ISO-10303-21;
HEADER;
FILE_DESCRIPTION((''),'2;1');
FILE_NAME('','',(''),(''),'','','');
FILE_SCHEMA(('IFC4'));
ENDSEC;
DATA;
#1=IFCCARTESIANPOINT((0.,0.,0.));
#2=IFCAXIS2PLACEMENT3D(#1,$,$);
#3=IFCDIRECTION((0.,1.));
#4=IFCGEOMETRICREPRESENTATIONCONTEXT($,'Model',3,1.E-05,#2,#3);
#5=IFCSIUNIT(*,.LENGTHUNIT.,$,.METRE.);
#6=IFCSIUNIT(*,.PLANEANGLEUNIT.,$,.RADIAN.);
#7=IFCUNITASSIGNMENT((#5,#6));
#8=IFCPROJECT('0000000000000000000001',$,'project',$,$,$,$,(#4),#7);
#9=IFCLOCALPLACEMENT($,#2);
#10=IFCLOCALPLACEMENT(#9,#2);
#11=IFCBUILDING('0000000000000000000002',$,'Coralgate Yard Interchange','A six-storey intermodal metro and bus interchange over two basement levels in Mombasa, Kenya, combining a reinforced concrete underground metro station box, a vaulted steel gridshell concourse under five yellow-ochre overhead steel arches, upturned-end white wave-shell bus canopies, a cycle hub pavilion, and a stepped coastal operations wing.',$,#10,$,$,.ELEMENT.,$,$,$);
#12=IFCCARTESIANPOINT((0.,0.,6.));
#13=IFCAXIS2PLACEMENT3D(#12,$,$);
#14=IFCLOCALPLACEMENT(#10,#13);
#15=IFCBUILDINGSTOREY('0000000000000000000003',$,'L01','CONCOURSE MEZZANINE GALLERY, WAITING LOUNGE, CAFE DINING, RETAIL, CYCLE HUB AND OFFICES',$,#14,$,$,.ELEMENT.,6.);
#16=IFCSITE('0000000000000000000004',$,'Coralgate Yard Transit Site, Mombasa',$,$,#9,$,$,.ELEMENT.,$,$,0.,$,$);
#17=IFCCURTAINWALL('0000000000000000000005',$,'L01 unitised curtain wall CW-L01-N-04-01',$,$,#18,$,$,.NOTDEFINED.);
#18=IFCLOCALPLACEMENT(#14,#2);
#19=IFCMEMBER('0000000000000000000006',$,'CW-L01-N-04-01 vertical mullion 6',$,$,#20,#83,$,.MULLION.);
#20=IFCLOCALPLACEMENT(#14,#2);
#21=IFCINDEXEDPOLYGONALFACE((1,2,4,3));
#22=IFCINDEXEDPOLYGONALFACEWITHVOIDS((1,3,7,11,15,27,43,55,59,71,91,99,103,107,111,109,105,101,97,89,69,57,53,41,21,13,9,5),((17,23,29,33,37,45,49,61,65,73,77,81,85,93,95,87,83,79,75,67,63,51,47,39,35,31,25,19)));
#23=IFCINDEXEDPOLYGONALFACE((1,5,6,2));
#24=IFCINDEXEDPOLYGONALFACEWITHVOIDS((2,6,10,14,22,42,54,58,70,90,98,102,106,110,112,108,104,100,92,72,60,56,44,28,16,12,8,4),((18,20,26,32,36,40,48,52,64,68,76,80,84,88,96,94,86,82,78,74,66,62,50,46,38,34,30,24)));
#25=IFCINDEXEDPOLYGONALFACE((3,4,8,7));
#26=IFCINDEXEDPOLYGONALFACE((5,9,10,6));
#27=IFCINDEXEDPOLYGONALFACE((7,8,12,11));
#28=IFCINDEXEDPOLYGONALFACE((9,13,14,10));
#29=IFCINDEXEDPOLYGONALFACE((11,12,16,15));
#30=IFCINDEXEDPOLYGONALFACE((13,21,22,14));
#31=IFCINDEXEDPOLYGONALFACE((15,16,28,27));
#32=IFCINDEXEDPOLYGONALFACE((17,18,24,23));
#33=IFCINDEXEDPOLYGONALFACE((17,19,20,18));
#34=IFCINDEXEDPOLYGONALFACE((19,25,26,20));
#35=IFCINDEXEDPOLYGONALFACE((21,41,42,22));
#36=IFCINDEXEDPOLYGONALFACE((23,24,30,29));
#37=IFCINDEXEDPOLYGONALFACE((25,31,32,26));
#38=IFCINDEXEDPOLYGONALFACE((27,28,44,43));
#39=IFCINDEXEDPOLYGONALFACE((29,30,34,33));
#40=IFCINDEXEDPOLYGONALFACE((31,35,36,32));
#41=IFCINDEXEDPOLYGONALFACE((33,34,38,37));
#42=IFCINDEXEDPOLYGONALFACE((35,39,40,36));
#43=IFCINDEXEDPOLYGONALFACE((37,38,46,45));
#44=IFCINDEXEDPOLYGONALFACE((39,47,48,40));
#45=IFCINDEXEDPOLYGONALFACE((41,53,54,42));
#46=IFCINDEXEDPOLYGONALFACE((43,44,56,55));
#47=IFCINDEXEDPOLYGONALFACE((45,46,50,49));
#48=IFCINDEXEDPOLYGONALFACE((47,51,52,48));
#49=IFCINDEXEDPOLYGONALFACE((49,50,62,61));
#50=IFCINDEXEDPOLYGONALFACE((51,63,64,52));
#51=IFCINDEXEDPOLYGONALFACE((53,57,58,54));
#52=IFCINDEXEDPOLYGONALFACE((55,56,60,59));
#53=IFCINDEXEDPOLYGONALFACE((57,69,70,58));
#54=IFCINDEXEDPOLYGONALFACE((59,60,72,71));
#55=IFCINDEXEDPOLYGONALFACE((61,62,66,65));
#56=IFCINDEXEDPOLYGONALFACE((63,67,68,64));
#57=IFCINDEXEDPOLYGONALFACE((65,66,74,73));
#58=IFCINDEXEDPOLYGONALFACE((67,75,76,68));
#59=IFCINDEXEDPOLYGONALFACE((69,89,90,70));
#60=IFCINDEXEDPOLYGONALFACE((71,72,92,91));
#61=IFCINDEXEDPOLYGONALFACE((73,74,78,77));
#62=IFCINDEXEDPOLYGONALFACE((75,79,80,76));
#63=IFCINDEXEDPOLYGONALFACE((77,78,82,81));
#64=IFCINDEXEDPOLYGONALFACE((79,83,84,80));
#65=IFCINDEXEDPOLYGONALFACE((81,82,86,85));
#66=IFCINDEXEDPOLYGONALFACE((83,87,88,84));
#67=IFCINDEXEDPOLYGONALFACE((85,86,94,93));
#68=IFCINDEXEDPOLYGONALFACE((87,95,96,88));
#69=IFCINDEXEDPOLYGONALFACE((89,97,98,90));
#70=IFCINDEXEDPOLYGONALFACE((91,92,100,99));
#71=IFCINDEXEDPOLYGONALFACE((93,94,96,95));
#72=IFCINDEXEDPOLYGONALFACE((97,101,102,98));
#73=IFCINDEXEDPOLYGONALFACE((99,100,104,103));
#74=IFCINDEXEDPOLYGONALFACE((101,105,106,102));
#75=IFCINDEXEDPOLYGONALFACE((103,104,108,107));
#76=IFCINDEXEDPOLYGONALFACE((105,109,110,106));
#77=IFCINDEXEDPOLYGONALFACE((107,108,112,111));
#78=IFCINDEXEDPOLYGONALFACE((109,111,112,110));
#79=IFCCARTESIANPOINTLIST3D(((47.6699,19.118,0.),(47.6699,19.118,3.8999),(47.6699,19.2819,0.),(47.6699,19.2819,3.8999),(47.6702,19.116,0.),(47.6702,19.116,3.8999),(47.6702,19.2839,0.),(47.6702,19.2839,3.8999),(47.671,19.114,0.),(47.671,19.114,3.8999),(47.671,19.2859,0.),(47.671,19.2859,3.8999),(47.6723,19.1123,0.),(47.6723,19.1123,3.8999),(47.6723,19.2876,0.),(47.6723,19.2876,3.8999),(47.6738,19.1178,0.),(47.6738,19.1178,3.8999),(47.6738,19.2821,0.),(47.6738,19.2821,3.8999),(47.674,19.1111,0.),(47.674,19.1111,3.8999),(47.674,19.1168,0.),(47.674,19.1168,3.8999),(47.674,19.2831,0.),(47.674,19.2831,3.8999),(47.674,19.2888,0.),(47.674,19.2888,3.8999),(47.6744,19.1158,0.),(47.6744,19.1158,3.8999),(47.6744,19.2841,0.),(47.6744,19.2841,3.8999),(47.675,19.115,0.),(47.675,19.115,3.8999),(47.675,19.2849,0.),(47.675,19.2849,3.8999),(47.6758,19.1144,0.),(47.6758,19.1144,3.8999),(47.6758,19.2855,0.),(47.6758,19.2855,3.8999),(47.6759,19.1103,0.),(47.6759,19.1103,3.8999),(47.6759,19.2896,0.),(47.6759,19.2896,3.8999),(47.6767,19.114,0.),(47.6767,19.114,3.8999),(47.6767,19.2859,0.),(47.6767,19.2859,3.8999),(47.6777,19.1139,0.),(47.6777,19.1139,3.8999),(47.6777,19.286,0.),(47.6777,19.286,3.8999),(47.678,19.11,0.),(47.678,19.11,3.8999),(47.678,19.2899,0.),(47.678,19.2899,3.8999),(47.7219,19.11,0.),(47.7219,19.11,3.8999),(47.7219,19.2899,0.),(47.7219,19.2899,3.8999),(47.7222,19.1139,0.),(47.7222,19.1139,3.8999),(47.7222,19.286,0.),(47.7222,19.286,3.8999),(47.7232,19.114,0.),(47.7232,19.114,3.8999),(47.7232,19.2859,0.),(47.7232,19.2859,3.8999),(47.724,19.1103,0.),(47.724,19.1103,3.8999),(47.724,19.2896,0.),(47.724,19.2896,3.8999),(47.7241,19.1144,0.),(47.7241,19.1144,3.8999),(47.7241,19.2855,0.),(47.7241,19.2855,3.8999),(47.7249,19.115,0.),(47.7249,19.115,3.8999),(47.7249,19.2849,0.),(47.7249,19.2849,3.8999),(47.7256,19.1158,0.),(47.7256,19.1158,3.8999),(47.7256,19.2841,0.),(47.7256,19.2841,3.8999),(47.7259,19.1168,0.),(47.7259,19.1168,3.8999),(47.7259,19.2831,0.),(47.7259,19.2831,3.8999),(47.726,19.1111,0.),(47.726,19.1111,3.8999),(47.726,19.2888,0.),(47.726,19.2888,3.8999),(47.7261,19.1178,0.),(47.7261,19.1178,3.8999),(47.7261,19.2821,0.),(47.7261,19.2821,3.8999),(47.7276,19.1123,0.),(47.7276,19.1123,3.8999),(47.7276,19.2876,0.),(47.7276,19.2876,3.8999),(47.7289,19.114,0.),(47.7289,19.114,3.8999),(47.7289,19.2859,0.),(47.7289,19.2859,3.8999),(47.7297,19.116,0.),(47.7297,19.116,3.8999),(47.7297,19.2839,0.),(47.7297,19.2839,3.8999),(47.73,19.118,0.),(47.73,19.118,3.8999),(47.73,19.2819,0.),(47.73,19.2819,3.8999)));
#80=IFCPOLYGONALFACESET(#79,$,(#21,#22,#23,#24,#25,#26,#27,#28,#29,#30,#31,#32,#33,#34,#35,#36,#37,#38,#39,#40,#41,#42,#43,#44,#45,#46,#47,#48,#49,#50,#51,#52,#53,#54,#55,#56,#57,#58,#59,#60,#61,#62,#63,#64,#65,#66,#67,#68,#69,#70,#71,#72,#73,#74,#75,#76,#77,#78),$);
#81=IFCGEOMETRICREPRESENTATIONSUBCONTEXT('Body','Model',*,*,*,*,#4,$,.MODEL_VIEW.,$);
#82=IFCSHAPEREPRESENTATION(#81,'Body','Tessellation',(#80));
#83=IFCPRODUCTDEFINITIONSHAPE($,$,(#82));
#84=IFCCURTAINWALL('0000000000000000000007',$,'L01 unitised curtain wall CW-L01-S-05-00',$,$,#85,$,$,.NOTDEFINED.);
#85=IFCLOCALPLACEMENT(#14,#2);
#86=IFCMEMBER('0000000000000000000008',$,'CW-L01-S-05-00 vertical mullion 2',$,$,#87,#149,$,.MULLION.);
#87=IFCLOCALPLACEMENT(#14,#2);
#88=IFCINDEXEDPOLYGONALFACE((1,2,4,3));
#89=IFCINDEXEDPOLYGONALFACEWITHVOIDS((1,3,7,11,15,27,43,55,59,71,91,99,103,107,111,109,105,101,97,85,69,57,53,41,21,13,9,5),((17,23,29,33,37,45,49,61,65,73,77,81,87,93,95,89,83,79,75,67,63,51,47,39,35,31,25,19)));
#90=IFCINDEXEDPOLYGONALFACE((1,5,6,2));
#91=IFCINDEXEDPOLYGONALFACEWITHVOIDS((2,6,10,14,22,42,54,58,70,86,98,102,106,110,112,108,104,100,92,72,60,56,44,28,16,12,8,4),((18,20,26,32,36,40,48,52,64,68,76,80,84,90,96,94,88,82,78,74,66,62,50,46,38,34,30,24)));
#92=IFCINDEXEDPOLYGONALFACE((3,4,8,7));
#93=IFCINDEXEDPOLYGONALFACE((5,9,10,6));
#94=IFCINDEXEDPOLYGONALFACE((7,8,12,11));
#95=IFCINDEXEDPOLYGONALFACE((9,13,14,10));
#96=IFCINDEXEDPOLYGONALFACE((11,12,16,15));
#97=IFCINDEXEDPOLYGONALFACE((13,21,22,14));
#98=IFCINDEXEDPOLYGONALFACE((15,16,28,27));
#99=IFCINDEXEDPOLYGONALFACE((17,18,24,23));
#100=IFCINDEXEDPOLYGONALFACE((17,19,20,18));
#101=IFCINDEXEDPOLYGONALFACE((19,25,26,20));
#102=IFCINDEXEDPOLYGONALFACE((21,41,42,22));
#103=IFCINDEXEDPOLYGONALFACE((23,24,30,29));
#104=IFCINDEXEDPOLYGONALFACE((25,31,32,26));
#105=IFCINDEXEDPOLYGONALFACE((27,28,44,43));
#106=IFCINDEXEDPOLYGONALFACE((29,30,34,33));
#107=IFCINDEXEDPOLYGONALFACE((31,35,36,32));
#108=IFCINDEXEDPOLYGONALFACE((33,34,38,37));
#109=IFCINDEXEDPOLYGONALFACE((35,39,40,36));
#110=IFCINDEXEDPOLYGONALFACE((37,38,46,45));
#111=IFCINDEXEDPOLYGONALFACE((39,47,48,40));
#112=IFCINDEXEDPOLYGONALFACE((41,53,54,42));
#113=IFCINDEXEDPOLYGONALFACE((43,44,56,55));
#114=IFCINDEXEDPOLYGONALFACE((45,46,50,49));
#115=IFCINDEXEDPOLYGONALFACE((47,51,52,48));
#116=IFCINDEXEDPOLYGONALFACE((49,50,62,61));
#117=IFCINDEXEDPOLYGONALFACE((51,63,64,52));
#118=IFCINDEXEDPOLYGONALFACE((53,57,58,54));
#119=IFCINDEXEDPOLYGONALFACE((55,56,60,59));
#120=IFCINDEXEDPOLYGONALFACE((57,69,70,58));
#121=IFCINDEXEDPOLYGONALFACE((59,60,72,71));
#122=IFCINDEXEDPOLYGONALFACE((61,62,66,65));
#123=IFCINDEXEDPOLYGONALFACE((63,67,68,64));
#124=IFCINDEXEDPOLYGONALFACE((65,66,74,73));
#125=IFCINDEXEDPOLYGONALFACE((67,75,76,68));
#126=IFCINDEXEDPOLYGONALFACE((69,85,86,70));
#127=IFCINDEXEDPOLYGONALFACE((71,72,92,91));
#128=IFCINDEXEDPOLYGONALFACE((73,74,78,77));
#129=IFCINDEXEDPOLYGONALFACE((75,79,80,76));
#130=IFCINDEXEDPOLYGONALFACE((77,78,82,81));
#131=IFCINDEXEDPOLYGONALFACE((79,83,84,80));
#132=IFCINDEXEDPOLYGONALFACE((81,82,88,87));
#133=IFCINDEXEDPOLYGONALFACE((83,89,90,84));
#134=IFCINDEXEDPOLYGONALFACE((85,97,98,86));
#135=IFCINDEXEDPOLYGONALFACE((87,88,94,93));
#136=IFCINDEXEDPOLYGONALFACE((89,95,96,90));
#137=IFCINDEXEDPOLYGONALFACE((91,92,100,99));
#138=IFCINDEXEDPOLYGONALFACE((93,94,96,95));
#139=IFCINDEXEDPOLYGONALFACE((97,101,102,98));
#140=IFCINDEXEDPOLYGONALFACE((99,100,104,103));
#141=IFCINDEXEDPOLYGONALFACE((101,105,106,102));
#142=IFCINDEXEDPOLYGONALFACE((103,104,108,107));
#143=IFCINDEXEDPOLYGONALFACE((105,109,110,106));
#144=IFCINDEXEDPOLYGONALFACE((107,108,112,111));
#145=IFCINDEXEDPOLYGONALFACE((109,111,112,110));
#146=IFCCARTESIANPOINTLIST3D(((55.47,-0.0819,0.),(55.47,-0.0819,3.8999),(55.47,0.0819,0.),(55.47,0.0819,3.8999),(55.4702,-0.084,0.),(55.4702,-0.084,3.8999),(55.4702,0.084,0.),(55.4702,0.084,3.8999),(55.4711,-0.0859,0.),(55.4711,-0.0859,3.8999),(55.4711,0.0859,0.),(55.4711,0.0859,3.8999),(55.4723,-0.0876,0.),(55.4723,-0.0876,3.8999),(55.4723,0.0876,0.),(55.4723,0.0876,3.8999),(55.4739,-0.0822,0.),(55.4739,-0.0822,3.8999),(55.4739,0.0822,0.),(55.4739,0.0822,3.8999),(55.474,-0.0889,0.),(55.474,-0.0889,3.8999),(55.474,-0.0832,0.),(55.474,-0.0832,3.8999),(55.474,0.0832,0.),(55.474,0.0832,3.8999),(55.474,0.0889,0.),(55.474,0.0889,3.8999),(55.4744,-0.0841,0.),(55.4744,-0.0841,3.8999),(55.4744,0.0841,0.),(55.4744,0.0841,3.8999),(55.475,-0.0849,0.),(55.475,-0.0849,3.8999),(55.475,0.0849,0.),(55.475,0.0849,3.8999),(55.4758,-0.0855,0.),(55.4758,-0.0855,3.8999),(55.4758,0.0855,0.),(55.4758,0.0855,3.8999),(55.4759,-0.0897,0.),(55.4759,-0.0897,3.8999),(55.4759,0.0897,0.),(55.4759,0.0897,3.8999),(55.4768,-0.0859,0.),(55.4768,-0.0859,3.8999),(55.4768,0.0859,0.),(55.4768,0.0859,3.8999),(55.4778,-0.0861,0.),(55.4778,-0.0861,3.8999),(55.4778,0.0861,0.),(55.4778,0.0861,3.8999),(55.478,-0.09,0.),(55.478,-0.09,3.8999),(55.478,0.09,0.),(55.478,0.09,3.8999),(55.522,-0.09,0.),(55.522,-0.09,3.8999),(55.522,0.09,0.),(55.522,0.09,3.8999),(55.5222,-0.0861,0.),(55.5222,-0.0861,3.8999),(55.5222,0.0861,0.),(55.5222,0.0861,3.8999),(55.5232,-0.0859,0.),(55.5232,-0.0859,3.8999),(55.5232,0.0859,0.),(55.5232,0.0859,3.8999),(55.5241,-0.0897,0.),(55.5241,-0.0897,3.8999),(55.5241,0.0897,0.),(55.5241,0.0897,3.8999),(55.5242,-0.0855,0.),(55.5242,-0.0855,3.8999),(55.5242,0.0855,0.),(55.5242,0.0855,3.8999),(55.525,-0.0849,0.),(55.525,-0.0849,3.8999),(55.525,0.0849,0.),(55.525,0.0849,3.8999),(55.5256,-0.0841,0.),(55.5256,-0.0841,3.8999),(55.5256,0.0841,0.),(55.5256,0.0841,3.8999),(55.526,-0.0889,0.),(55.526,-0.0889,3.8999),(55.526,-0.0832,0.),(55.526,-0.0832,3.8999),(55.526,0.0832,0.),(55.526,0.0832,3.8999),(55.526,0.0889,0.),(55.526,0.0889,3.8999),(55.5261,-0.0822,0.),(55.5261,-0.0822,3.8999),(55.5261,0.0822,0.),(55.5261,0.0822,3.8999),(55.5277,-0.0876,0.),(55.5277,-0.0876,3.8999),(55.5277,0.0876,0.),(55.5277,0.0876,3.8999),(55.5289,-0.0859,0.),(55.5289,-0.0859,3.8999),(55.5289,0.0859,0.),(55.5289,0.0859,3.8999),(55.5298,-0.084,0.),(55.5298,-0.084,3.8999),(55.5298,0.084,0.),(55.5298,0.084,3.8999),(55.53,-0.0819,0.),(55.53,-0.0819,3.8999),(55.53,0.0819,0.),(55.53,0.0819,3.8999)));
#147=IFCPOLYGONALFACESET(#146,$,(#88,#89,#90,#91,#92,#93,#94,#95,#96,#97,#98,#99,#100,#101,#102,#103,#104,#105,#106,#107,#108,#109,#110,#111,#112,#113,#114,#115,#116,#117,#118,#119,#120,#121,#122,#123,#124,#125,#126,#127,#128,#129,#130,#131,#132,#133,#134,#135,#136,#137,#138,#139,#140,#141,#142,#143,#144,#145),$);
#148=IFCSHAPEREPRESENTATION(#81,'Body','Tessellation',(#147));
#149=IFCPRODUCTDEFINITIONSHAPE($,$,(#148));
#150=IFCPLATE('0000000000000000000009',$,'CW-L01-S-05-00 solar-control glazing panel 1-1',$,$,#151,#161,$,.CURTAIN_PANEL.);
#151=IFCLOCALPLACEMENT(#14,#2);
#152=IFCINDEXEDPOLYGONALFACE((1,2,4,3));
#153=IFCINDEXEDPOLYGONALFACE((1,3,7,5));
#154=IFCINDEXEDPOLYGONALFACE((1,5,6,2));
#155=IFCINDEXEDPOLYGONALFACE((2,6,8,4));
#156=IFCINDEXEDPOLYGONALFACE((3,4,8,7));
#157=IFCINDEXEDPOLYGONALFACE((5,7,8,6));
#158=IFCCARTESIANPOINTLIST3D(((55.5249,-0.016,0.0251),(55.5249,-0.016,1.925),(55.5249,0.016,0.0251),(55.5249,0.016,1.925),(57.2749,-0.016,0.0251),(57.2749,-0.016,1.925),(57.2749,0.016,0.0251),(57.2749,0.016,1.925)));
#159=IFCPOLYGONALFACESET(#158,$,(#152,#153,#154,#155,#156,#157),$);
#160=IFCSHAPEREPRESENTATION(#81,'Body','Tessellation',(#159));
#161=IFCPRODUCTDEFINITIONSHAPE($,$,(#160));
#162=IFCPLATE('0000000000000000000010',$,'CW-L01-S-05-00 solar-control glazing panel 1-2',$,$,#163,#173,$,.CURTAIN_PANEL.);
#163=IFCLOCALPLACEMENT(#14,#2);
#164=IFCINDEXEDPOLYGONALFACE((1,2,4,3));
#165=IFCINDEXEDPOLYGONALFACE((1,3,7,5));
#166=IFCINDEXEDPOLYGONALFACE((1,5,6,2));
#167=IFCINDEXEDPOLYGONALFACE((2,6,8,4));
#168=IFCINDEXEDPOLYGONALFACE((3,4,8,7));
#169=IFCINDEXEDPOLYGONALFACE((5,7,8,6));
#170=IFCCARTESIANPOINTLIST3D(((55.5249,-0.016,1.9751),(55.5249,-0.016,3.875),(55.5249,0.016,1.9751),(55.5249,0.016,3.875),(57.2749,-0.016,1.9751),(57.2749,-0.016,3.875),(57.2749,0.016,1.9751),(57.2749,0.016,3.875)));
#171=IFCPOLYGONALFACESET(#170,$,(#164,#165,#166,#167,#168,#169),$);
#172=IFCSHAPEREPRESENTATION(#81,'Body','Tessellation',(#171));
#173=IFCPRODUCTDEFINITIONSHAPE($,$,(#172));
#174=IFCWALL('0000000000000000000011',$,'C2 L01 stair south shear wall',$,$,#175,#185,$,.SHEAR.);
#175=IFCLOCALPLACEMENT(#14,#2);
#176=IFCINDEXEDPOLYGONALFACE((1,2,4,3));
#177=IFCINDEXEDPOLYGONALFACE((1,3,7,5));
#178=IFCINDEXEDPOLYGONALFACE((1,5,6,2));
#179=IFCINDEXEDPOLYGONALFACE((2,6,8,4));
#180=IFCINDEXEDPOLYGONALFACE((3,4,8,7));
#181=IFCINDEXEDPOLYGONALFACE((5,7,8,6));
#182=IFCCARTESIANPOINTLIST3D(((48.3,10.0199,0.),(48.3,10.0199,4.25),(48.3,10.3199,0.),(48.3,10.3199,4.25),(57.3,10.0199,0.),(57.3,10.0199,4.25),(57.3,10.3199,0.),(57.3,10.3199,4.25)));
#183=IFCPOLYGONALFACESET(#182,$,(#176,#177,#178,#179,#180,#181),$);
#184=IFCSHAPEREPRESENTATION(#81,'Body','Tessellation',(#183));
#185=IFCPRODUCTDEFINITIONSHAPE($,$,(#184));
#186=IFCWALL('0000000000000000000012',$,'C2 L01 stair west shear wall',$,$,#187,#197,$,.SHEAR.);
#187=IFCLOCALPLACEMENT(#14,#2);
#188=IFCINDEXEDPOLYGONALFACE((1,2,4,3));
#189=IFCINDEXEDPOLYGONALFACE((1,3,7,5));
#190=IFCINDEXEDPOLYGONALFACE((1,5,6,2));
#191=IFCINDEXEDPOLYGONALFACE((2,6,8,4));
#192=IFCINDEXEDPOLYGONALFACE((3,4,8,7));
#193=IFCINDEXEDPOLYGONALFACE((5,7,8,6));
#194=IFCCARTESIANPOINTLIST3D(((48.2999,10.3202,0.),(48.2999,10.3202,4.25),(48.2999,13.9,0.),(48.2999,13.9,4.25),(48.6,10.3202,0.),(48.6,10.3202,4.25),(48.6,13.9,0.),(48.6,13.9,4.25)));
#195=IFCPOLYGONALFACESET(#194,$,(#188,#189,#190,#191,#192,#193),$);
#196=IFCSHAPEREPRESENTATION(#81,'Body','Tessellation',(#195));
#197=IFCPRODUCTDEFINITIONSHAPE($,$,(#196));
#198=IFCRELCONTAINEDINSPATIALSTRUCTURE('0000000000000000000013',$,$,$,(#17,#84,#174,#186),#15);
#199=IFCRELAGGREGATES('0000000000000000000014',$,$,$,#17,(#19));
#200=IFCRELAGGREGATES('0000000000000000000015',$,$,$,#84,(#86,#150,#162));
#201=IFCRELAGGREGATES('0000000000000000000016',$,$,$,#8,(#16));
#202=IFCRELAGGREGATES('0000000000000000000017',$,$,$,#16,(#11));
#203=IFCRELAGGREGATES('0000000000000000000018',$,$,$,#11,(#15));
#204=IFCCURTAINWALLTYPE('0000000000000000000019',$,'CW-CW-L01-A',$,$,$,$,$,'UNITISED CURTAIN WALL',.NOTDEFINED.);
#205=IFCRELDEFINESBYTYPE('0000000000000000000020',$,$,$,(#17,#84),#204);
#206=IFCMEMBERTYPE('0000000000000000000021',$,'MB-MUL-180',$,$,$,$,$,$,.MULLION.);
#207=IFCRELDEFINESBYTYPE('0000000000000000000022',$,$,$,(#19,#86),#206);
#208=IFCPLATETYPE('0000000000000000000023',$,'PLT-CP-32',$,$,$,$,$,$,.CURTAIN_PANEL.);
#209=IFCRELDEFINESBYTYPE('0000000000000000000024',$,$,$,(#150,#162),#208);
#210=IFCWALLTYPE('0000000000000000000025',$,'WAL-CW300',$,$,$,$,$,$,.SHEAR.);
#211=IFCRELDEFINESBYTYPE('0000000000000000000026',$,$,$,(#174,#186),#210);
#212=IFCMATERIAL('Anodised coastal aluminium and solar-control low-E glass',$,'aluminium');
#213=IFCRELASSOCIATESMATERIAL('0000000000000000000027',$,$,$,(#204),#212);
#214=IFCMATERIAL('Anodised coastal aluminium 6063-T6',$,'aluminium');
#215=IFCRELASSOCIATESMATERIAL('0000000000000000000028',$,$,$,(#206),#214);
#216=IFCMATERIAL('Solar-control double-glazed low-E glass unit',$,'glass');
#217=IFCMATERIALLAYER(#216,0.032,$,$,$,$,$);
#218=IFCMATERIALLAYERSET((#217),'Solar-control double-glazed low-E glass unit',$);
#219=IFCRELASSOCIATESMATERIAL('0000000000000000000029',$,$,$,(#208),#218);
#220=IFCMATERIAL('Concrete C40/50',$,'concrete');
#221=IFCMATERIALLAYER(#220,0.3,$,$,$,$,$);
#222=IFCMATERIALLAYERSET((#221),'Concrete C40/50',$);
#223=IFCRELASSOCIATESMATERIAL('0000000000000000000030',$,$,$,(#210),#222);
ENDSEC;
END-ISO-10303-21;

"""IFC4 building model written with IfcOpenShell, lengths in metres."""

from ifc_helpers import new_model, si_unit, direction, frame, frame_2d, origin, origin_2d, place, context, subcontext, project, spatial, rectangle, hollow_rectangle, extrude, material, layer, layer_set, material_profile, profile_set, type_object, element, aggregate, save


model = new_model("IFC4")

# Units and contexts
model_context = context("Model", 3, precision=1e-05, world=origin(), true_north=direction((0.0, 1.0)))
body_context = subcontext(model_context, "Body", "Model", "MODEL_VIEW")
ifc_project = project(units=[si_unit("LENGTHUNIT", "METRE"), si_unit("PLANEANGLEUNIT", "RADIAN")], contexts=[model_context])

# Site, building, storey
site_placement = place(None, origin())
site = spatial("IfcSite", under=ifc_project, at=site_placement, Name="Coralgate Yard Transit Site, Mombasa", CompositionType="ELEMENT", RefElevation=0.0)
building_placement = place(site_placement, origin())
building = spatial("IfcBuilding", under=site, at=building_placement, Name="Coralgate Yard Interchange", Description="A six-storey intermodal metro and bus interchange over two basement levels in Mombasa, Kenya, combining a reinforced concrete underground metro station box, a vaulted steel gridshell concourse under five yellow-ochre overhead steel arches, upturned-end white wave-shell bus canopies, a cycle hub pavilion, and a stepped coastal operations wing.", CompositionType="ELEMENT")
storey_placement = place(building_placement, frame((0.0, 0.0, 6.0)))
storey = spatial("IfcBuildingStorey", under=building, at=storey_placement, Name="L01", Description="CONCOURSE MEZZANINE GALLERY, WAITING LOUNGE, CAFE DINING, RETAIL, CYCLE HUB AND OFFICES", CompositionType="ELEMENT", Elevation=6.0)

# Curtain wall, member
ifc_material_1 = material(Name="Anodised coastal aluminium and solar-control low-E glass", Category="aluminium")
curtain_wall_type = type_object("IfcCurtainWallType", Name="CW-CW-L01-A", ElementType="UNITISED CURTAIN WALL", PredefinedType="NOTDEFINED", material=ifc_material_1)
curtain_wall_1_placement = place(storey_placement, origin())
curtain_wall_1 = element("IfcCurtainWall", 1, at=curtain_wall_1_placement, inside=storey, type_object=curtain_wall_type, Name="L01 unitised curtain wall CW-L01-N-04-01", PredefinedType="NOTDEFINED")
ifc_material_2 = material(Name="Anodised coastal aluminium 6063-T6", Category="aluminium")
ifc_material_profile_1 = material_profile(ifc_material_2, hollow_rectangle(XDim=0.0601, YDim=0.1799, WallThickness=0.0039, InnerFilletRadius=0.0039, OuterFilletRadius=0.0081, at=origin_2d()), Name="ALU 60x180x4")
ifc_profile_set_1 = profile_set([ifc_material_profile_1], Name="Anodised coastal aluminium 6063-T6")
member_type = type_object("IfcMemberType", Name="MB-MUL-180", PredefinedType="MULLION", material=ifc_profile_set_1)
member_1_placement = place(storey_placement, frame((47.7, 19.2, 0.0), z_axis=(0.0, 0.0, 1.0), x_axis=(1.0, 0.0, 0.0)))
member_1 = element("IfcMember", 2, at=member_1_placement, type_object=member_type, Name="CW-L01-N-04-01 vertical mullion 6", PredefinedType="MULLION", context=body_context, shape_type="SweptSolid", body=[
    extrude(hollow_rectangle(XDim=0.0601, YDim=0.1799, WallThickness=0.0039, InnerFilletRadius=0.0039, OuterFilletRadius=0.0081, at=origin_2d()), origin(), (0.0, 0.0, 1.0), 3.8999),
])
aggregate(curtain_wall_1, [member_1])

# Curtain wall, member, plates
curtain_wall_2_placement = place(storey_placement, origin())
curtain_wall_2 = element("IfcCurtainWall", 3, at=curtain_wall_2_placement, inside=storey, type_object=curtain_wall_type, Name="L01 unitised curtain wall CW-L01-S-05-00", PredefinedType="NOTDEFINED")
member_2_placement = place(storey_placement, frame((55.5, 0.0, 0.0), z_axis=(0.0, 0.0, 1.0), x_axis=(1.0, 0.0, 0.0)))
member_2 = element("IfcMember", 4, at=member_2_placement, type_object=member_type, Name="CW-L01-S-05-00 vertical mullion 2", PredefinedType="MULLION", context=body_context, shape_type="SweptSolid", body=[
    extrude(hollow_rectangle(XDim=0.0601, YDim=0.1799, WallThickness=0.0039, InnerFilletRadius=0.0039, OuterFilletRadius=0.0081, at=origin_2d()), origin(), (0.0, 0.0, 1.0), 3.8999),
])
ifc_material_3 = material(Name="Solar-control double-glazed low-E glass unit", Category="glass")
ifc_layer_1 = layer(ifc_material_3, 0.032)
ifc_layer_set_1 = layer_set([ifc_layer_1], Name="Solar-control double-glazed low-E glass unit")
plate_type = type_object("IfcPlateType", Name="PLT-CP-32", PredefinedType="CURTAIN_PANEL", material=ifc_layer_set_1)
plate_1_placement = place(storey_placement, frame((56.3999, 0.0, 0.0251), z_axis=(0.0, 0.0, 1.0), x_axis=(-1.0, 0.0, 0.0)))
plate_1 = element("IfcPlate", 5, at=plate_1_placement, type_object=plate_type, Name="CW-L01-S-05-00 solar-control glazing panel 1-1", PredefinedType="CURTAIN_PANEL", context=body_context, shape_type="SweptSolid", body=[
    extrude(rectangle(XDim=1.75, YDim=0.032, at=origin_2d()), origin(), (0.0, 0.0, 1.0), 1.8999),
])
plate_2_placement = place(storey_placement, frame((56.3999, 0.0, 1.9751), z_axis=(0.0, 0.0, 1.0), x_axis=(-1.0, 0.0, 0.0)))
plate_2 = element("IfcPlate", 6, at=plate_2_placement, type_object=plate_type, Name="CW-L01-S-05-00 solar-control glazing panel 1-2", PredefinedType="CURTAIN_PANEL", context=body_context, shape_type="SweptSolid", body=[
    extrude(rectangle(XDim=1.75, YDim=0.032, at=origin_2d()), origin(), (0.0, 0.0, 1.0), 1.8999),
])
aggregate(curtain_wall_2, [member_2, plate_1, plate_2])

# Walls
ifc_material_4 = material(Name="Concrete C40/50", Category="concrete")
ifc_layer_2 = layer(ifc_material_4, 0.3)
ifc_layer_set_2 = layer_set([ifc_layer_2], Name="Concrete C40/50")
wall_type_1 = type_object("IfcWallType", Name="WAL-CW300", PredefinedType="SHEAR", material=ifc_layer_set_2)
wall_1_placement = place(storey_placement, frame((48.3, 10.1699, 0.0), z_axis=(0.0, 0.0, 1.0), x_axis=(1.0, 0.0, 0.0)))
element("IfcWall", 7, at=wall_1_placement, inside=storey, type_object=wall_type_1, Name="C2 L01 stair south shear wall", PredefinedType="SHEAR", context=body_context, shape_type="SweptSolid", body=[
    extrude(rectangle(XDim=9.0, YDim=0.3, at=frame_2d((4.5, 0.0))), origin(), (0.0, 0.0, 1.0), 4.25),
])
wall_2_placement = place(storey_placement, frame((48.45, 10.3201, 0.0), z_axis=(0.0, 0.0, 1.0), x_axis=(0.0, 1.0, 0.0)))
element("IfcWall", 8, at=wall_2_placement, inside=storey, type_object=wall_type_1, Name="C2 L01 stair west shear wall", PredefinedType="SHEAR", context=body_context, shape_type="SweptSolid", body=[
    extrude(rectangle(XDim=3.5798, YDim=0.3, at=frame_2d((1.79, 0.0))), origin(), (0.0, 0.0, 1.0), 4.25),
])

save(model, "model.ifc")
